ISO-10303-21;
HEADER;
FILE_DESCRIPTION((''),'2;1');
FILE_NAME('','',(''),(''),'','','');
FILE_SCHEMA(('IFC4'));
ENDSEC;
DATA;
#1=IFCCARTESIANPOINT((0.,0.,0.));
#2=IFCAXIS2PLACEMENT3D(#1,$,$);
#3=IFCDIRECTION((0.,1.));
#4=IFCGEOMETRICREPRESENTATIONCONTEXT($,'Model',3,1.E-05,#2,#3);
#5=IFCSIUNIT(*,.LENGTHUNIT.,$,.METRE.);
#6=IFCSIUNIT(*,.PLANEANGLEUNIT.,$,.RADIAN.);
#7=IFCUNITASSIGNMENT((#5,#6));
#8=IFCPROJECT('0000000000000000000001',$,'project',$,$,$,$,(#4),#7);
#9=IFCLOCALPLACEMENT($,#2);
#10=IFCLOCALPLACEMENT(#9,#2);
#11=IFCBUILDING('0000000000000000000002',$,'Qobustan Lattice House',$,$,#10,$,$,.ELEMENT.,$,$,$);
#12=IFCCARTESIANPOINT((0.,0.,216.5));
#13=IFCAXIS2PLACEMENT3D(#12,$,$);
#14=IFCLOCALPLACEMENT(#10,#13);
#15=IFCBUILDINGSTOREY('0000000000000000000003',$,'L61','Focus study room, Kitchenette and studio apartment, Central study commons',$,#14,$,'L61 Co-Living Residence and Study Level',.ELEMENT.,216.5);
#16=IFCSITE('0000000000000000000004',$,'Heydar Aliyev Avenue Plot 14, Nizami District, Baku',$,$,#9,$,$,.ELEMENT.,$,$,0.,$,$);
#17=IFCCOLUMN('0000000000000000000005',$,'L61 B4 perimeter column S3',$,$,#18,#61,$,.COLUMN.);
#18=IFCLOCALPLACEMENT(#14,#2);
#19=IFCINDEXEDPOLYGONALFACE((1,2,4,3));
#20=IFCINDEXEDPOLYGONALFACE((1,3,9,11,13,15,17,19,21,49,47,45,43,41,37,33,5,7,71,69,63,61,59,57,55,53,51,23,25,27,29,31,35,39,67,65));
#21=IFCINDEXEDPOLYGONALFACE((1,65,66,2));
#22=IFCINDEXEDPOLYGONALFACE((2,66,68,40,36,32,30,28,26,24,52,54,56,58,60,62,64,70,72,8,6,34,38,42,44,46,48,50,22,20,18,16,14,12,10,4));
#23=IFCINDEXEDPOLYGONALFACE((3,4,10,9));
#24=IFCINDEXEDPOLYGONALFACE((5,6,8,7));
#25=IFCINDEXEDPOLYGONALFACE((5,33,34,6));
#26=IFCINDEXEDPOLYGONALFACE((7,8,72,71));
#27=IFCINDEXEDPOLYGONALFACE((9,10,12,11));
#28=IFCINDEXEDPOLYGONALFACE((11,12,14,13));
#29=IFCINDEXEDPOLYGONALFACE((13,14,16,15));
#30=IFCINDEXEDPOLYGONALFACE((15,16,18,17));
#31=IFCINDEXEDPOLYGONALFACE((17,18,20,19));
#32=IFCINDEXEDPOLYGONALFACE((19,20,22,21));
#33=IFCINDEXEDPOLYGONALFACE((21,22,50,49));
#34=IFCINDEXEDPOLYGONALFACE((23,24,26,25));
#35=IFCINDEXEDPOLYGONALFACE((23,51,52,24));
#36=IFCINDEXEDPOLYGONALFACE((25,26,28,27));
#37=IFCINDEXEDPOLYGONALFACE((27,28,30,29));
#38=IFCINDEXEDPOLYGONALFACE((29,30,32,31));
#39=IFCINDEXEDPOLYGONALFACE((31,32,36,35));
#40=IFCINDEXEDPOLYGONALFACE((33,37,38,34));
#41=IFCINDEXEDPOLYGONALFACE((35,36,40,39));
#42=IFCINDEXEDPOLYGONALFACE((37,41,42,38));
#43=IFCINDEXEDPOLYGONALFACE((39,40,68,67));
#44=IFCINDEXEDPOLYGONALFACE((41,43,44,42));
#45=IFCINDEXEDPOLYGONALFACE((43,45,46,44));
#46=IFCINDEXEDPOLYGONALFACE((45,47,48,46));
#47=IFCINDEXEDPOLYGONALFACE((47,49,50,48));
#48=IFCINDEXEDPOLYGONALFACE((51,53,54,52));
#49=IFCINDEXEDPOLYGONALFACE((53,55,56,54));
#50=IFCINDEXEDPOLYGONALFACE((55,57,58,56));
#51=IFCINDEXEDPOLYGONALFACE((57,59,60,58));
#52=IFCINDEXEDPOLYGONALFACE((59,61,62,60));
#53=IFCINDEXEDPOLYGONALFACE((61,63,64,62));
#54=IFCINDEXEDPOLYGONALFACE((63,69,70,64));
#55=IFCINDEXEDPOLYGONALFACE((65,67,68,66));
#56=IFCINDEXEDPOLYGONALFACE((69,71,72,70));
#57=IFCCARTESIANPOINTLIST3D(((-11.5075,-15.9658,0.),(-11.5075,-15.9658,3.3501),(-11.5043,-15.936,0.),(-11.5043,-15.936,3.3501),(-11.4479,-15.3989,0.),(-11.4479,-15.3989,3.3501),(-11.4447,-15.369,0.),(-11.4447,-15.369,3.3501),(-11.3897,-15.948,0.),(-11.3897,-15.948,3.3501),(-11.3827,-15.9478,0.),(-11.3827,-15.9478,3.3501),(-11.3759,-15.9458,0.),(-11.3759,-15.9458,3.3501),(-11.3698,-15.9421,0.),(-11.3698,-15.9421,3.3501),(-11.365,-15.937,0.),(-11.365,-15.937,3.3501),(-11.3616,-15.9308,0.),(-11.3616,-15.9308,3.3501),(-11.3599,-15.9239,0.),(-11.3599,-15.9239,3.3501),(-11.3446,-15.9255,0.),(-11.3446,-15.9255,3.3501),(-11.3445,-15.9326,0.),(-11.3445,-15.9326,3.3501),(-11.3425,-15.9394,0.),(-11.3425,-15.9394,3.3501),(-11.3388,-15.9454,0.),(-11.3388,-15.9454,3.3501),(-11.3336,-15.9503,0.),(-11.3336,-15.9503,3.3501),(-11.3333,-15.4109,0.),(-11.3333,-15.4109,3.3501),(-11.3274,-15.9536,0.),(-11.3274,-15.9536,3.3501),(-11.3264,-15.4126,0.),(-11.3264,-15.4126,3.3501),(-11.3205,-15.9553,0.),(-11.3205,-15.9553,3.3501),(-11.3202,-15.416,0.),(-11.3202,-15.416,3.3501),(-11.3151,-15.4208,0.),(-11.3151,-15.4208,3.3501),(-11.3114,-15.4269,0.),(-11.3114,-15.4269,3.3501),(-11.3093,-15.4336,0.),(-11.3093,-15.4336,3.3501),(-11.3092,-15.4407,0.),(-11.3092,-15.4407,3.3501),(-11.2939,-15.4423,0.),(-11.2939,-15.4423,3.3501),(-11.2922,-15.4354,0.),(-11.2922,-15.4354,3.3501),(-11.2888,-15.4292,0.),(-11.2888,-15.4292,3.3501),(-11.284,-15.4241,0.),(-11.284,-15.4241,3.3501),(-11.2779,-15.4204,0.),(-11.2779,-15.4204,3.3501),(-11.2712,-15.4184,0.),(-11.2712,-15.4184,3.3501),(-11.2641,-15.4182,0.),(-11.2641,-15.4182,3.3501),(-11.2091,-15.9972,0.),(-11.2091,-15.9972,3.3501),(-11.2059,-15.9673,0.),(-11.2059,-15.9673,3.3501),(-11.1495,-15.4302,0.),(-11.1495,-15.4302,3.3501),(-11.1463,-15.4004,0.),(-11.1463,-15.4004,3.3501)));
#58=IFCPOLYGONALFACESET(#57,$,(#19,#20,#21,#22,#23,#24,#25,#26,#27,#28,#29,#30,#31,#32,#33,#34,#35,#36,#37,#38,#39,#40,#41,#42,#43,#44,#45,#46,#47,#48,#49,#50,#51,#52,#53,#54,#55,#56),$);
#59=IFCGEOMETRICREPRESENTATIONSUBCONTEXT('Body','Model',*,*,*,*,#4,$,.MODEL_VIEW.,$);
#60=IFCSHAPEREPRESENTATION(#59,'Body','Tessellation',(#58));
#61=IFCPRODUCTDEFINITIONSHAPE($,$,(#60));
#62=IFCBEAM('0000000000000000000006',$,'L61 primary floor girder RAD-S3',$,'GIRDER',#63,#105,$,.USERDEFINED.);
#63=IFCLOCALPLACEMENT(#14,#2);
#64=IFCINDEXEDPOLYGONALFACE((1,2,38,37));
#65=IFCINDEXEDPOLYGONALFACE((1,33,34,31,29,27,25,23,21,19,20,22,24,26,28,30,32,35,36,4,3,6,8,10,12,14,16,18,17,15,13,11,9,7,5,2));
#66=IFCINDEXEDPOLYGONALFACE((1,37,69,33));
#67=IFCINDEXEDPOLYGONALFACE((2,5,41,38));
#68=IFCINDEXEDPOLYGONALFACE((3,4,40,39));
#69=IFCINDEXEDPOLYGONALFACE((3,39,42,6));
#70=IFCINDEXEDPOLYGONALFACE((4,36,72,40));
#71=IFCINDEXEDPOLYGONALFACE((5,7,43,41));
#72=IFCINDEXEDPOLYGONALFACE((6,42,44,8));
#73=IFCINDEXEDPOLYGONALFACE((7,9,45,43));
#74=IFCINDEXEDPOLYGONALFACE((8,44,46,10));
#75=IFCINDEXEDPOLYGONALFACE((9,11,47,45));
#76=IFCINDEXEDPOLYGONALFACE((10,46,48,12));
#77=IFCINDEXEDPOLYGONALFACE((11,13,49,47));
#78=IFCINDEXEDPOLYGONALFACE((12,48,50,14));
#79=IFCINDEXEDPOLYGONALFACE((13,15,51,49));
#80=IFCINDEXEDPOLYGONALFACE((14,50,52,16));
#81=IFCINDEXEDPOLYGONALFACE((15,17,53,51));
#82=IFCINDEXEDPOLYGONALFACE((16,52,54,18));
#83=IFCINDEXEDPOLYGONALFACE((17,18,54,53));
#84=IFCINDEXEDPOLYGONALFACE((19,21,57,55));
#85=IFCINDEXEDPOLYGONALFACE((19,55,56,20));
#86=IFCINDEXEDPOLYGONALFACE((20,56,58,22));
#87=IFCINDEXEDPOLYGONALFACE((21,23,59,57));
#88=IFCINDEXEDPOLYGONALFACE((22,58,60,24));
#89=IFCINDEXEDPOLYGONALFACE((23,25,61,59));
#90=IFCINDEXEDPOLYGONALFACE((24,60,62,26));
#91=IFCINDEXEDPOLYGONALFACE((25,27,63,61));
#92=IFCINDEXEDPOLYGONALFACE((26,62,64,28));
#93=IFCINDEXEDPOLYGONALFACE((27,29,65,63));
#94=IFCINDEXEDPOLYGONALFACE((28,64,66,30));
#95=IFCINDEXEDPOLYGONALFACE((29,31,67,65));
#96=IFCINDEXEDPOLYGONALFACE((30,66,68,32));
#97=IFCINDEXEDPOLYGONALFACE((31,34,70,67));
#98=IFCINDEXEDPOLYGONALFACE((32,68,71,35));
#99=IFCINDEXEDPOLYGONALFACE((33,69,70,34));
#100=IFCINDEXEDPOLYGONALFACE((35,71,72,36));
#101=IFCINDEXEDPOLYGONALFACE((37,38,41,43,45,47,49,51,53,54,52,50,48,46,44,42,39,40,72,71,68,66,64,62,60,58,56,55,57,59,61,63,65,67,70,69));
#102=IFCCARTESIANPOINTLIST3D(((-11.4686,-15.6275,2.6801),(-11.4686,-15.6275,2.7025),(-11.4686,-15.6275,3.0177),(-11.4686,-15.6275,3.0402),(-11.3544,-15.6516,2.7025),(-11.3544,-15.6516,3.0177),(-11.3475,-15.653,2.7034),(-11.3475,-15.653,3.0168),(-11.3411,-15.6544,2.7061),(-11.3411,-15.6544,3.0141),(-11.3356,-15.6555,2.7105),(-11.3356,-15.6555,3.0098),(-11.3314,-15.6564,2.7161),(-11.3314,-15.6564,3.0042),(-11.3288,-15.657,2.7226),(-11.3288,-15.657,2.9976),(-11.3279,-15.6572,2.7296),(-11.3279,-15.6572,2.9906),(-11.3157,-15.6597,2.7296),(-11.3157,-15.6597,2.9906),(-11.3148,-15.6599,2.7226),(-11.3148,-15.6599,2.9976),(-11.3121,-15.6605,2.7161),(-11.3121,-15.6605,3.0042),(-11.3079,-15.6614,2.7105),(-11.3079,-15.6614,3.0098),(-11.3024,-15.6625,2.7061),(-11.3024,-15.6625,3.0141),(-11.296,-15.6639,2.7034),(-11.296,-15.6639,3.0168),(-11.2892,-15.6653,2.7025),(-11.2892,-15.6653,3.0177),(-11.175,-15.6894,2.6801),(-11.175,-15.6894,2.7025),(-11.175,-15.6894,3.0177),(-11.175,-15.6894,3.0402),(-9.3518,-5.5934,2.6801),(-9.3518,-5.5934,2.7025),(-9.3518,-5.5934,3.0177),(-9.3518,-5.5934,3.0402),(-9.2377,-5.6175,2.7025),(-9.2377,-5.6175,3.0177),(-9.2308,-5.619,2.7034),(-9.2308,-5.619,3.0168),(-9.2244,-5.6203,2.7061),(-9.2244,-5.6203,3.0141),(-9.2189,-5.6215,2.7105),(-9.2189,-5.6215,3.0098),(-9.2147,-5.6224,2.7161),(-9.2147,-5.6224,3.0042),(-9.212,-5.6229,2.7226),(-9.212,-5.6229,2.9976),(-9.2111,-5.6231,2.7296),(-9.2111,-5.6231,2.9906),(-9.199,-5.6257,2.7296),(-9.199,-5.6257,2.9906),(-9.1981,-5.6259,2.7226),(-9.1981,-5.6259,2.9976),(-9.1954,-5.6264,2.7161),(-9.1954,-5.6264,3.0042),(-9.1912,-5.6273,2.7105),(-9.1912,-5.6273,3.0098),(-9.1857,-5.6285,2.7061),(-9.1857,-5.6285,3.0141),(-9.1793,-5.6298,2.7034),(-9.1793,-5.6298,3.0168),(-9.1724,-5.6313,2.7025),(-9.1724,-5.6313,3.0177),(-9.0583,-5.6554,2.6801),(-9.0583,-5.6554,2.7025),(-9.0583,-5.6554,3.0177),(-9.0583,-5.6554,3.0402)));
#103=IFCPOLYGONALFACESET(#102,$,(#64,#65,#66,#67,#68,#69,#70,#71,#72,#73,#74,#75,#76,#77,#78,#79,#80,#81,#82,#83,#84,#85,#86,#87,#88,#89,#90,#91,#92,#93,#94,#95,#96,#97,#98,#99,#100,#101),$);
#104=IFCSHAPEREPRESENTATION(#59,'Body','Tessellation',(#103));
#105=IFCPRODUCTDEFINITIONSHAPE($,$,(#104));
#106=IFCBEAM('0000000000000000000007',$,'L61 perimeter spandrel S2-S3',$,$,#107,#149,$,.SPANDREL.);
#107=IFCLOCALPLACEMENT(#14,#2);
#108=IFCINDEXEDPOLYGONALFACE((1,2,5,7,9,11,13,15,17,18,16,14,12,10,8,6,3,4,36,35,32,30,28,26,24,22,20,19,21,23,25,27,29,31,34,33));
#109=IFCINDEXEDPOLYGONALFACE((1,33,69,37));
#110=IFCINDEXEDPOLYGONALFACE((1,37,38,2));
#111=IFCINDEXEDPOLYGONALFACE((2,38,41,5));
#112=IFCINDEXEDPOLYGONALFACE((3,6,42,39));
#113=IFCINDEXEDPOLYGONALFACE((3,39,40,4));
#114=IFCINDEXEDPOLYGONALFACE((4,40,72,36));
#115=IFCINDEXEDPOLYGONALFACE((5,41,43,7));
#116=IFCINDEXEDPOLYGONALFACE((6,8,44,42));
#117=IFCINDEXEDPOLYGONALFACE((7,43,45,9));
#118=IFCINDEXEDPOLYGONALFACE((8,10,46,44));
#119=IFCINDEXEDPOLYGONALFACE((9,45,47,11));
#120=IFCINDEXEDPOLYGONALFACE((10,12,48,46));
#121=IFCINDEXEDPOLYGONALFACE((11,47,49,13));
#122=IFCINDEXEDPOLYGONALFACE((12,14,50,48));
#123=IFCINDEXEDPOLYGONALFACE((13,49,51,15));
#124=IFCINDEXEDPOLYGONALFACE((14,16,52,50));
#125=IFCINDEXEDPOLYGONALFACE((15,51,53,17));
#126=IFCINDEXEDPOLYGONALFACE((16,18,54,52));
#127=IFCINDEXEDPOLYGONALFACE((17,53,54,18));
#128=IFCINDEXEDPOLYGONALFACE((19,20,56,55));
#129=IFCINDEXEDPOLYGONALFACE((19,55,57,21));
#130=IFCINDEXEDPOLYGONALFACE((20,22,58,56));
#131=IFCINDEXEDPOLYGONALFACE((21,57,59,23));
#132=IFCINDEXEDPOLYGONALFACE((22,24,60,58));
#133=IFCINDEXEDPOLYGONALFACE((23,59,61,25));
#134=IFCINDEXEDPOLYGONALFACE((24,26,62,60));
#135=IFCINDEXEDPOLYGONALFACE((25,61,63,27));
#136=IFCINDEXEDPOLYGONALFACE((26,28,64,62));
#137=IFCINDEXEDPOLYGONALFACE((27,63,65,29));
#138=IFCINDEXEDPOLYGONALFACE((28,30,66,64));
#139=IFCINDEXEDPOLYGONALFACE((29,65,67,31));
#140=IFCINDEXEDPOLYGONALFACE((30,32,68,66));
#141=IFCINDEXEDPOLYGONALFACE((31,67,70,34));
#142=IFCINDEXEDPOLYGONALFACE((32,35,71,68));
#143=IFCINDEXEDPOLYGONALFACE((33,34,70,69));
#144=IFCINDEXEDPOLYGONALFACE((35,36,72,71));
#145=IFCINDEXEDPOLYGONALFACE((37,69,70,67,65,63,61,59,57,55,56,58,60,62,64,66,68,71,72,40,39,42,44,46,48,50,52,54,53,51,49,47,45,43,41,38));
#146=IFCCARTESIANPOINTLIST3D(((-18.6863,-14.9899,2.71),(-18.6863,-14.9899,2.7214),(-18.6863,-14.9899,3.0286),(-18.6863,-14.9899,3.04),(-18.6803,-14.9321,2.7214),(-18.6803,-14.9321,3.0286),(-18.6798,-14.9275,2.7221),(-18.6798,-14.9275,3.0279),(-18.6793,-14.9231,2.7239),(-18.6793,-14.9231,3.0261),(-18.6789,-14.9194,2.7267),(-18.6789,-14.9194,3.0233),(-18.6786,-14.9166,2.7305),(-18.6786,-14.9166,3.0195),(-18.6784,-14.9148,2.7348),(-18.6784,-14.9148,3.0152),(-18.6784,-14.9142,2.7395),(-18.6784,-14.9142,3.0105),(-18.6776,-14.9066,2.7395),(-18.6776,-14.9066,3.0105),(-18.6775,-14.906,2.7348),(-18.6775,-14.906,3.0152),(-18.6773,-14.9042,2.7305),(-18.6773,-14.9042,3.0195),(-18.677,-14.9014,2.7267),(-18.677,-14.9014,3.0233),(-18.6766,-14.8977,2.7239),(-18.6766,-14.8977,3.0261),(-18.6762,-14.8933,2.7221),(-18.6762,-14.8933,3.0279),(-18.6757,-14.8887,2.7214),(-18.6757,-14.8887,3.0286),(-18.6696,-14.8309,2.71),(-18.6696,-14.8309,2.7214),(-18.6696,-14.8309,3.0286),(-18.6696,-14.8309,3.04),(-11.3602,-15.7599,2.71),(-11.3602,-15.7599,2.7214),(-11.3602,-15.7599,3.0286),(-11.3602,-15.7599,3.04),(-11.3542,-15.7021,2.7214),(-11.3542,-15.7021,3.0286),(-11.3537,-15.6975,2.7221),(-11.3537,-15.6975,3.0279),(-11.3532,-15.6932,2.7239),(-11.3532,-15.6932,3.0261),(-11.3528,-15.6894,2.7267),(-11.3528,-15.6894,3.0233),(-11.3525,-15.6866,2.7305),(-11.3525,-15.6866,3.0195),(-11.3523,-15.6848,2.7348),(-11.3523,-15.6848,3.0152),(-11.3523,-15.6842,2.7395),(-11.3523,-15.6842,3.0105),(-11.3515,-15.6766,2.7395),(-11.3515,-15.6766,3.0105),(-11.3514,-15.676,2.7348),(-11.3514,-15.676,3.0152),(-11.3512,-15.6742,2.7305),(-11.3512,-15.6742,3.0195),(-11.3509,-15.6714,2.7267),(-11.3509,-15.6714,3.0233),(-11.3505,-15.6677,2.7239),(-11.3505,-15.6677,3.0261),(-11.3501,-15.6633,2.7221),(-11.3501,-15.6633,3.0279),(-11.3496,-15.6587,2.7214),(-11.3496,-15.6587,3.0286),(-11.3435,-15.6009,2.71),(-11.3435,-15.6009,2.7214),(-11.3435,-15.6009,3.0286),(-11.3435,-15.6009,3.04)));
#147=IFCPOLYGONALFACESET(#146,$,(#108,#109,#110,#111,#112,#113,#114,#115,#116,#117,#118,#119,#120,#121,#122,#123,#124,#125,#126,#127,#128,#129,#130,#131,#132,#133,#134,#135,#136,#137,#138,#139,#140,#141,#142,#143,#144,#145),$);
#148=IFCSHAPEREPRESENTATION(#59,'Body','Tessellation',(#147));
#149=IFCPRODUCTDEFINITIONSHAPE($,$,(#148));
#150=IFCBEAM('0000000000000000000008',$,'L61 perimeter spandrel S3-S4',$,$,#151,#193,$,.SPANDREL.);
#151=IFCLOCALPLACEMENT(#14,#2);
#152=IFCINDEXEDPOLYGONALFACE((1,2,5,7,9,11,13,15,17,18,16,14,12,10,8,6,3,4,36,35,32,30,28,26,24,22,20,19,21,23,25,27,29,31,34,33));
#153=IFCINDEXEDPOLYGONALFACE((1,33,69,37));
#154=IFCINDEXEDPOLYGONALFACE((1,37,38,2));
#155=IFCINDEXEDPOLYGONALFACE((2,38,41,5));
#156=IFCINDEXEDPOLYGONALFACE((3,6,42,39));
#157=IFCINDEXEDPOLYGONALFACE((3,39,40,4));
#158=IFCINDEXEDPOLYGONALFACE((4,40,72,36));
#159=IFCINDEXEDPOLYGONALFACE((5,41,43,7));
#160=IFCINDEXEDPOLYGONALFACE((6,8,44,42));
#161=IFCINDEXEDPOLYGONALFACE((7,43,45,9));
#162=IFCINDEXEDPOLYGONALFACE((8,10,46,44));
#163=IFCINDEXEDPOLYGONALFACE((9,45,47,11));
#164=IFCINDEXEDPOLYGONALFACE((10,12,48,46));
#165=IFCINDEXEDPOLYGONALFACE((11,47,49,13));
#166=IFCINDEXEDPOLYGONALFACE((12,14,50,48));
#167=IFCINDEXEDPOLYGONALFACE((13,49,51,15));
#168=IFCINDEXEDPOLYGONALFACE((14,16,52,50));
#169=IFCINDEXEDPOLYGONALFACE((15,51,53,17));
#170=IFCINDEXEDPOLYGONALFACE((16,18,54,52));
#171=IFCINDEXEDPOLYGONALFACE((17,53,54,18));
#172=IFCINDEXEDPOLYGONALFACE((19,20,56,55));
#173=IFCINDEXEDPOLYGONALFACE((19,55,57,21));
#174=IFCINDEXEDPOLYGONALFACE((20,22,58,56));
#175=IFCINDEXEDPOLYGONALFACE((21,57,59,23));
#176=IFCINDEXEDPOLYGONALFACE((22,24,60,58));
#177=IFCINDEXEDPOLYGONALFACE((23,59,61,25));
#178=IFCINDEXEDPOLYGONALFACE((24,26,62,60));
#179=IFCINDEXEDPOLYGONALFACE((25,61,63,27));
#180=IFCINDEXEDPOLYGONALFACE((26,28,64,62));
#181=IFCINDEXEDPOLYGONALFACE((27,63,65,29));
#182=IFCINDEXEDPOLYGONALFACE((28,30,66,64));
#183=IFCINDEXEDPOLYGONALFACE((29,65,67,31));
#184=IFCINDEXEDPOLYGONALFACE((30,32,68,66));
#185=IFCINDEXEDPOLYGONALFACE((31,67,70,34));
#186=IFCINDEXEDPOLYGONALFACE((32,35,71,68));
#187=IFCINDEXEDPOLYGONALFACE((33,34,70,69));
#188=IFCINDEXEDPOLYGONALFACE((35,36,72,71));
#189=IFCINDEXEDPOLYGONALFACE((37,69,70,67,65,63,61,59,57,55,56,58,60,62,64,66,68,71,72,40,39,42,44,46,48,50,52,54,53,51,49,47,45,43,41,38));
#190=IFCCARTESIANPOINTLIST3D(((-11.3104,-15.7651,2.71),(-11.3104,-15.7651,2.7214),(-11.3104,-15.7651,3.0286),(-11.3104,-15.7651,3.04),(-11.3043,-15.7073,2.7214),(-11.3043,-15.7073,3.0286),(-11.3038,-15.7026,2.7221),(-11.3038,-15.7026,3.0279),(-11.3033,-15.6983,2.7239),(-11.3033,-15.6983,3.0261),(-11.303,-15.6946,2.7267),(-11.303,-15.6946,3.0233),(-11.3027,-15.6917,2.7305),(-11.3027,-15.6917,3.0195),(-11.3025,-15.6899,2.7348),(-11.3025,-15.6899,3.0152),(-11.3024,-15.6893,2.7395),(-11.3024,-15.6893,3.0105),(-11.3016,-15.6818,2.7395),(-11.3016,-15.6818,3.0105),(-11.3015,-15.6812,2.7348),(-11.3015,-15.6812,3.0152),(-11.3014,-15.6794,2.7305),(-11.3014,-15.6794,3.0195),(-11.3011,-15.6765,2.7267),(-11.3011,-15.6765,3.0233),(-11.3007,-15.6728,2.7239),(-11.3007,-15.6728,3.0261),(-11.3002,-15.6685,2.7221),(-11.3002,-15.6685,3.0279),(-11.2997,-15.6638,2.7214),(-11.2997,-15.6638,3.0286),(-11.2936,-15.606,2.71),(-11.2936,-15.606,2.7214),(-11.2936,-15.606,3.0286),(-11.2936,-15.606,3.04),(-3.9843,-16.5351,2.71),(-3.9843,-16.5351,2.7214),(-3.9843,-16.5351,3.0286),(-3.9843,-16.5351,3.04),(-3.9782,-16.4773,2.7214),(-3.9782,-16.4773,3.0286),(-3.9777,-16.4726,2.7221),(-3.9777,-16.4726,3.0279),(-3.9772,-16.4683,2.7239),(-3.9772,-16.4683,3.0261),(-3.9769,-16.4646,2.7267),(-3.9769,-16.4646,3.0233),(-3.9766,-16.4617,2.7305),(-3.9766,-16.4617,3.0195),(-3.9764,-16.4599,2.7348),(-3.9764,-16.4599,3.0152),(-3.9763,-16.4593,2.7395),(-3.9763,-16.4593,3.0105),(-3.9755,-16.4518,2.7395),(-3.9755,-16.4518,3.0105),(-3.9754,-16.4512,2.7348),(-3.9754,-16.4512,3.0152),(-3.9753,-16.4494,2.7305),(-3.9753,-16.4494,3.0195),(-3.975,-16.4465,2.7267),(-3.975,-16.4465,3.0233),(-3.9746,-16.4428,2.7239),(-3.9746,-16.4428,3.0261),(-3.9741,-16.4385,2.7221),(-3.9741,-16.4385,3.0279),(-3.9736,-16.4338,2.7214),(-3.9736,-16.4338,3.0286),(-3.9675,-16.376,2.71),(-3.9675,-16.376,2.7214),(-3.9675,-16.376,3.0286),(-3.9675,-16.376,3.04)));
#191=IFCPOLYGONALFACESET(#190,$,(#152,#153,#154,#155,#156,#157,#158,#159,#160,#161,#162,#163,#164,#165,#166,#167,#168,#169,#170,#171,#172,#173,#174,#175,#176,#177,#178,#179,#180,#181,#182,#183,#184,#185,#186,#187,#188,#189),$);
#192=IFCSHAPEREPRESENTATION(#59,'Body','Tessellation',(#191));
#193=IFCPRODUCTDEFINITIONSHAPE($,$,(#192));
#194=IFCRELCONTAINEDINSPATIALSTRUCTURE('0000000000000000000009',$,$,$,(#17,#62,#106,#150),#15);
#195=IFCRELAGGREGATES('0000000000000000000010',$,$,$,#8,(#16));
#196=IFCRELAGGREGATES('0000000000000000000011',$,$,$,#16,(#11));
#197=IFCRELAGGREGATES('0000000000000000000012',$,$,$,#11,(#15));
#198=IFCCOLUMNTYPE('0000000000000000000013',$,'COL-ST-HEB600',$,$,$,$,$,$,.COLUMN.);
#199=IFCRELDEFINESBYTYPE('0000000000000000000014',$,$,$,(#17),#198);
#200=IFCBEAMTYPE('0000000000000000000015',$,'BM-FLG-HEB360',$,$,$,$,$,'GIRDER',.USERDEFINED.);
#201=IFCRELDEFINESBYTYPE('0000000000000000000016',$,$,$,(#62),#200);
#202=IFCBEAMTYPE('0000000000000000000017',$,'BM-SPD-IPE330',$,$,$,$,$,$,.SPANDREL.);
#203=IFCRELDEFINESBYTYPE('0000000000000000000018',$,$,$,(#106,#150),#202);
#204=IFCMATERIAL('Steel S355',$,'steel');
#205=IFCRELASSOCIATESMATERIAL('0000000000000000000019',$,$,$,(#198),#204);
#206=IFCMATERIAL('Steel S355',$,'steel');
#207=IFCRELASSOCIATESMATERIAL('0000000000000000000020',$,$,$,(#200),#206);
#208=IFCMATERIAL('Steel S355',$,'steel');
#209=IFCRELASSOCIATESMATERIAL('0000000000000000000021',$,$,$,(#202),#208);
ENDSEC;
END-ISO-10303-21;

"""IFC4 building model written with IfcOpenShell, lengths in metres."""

from ifc_helpers import new_model, si_unit, direction, frame, origin, origin_2d, place, context, subcontext, project, spatial, i_section, extrude, material, material_profile, profile_set, type_object, element, save


model = new_model("IFC4")

# Units and contexts
model_context = context("Model", 3, precision=1e-05, world=origin(), true_north=direction((0.0, 1.0)))
body_context = subcontext(model_context, "Body", "Model", "MODEL_VIEW")
ifc_project = project(units=[si_unit("LENGTHUNIT", "METRE"), si_unit("PLANEANGLEUNIT", "RADIAN")], contexts=[model_context])

# Site, building, storey
site_placement = place(None, origin())
site = spatial("IfcSite", under=ifc_project, at=site_placement, Name="Heydar Aliyev Avenue Plot 14, Nizami District, Baku", CompositionType="ELEMENT", RefElevation=0.0)
building_placement = place(site_placement, origin())
building = spatial("IfcBuilding", under=site, at=building_placement, Name="Qobustan Lattice House", CompositionType="ELEMENT")
storey_placement = place(building_placement, frame((0.0, 0.0, 216.5)))
storey = spatial("IfcBuildingStorey", under=building, at=storey_placement, Name="L61", Description="Focus study room, Kitchenette and studio apartment, Central study commons", LongName="L61 Co-Living Residence and Study Level", CompositionType="ELEMENT", Elevation=216.5)

# Column
ifc_material_1 = material(Name="Steel S355", Category="steel")
ifc_material_profile_1 = material_profile(ifc_material_1, i_section(OverallWidth=0.3, OverallDepth=0.6001, WebThickness=0.0154, FlangeThickness=0.03, FilletRadius=0.0271, at=origin_2d()), Name="HEB600")
ifc_profile_set_1 = profile_set([ifc_material_profile_1], Name="Steel S355")
column_type = type_object("IfcColumnType", Name="COL-ST-HEB600", PredefinedType="COLUMN", material=ifc_profile_set_1)
column_placement = place(storey_placement, frame((-11.3269, -15.6831, 0.0), z_axis=(0.0, 0.0, 1.0), x_axis=(0.994522, -0.104528, 0.0)))
element("IfcColumn", 1, at=column_placement, inside=storey, type_object=column_type, Name="L61 B4 perimeter column S3", PredefinedType="COLUMN", context=body_context, shape_type="SweptSolid", body=[
    extrude(i_section(OverallWidth=0.3, OverallDepth=0.6001, WebThickness=0.0154, FlangeThickness=0.03, FilletRadius=0.0271, at=origin_2d()), origin(), (0.0, 0.0, 1.0), 3.3501),
])

# Beams
ifc_material_2 = material(Name="Steel S355", Category="steel")
ifc_material_profile_2 = material_profile(ifc_material_2, i_section(OverallWidth=0.3, OverallDepth=0.3601, WebThickness=0.0125, FlangeThickness=0.0225, FilletRadius=0.0271, at=origin_2d()), Name="HEB360")
ifc_profile_set_2 = profile_set([ifc_material_profile_2], Name="Steel S355")
beam_type_1 = type_object("IfcBeamType", Name="BM-FLG-HEB360", ElementType="GIRDER", PredefinedType="USERDEFINED", material=ifc_profile_set_2)
beam_placement = place(storey_placement, frame((-11.3218, -15.6584, 2.8601), z_axis=(0.206411, 0.978465, 0.0), x_axis=(-0.978465, 0.206411, 0.0)))
element("IfcBeam", 2, at=beam_placement, inside=storey, type_object=beam_type_1, Name="L61 primary floor girder RAD-S3", ObjectType="GIRDER", PredefinedType="USERDEFINED", context=body_context, shape_type="SweptSolid", body=[
    extrude(i_section(OverallWidth=0.3, OverallDepth=0.3601, WebThickness=0.0125, FlangeThickness=0.0225, FilletRadius=0.0271, at=origin_2d()), origin(), (0.0, 0.0, 1.0), 10.2549),
])
ifc_material_3 = material(Name="Steel S355", Category="steel")
ifc_material_profile_3 = material_profile(ifc_material_3, i_section(OverallWidth=0.1599, OverallDepth=0.3301, WebThickness=0.0076, FlangeThickness=0.0115, FilletRadius=0.0181, at=origin_2d()), Name="IPE330")
ifc_profile_set_3 = profile_set([ifc_material_profile_3], Name="Steel S355")
beam_type_2 = type_object("IfcBeamType", Name="BM-SPD-IPE330", PredefinedType="SPANDREL", material=ifc_profile_set_3)
for number, where, z_axis, x_axis, name in (
    (3, (-18.678, -14.9104, 2.875), (0.994522, -0.10453, 0.0), (0.10453, 0.994522, 0.0), "L61 perimeter spandrel S2-S3"),
    (4, (-11.302, -15.6855, 2.875), (0.994522, -0.10453, 0.0), (0.10453, 0.994522, 0.0), "L61 perimeter spandrel S3-S4"),
):
    element("IfcBeam", number, at=place(storey_placement, frame(where, z_axis=z_axis, x_axis=x_axis)), inside=storey, type_object=beam_type_2, Name=name, PredefinedType="SPANDREL", context=body_context, shape_type="SweptSolid", body=[
        extrude(i_section(OverallWidth=0.1599, OverallDepth=0.3301, WebThickness=0.0076, FlangeThickness=0.0115, FilletRadius=0.0181, at=origin_2d()), origin(), (0.0, 0.0, 1.0), 7.3665),
    ])

save(model, "model.ifc")
